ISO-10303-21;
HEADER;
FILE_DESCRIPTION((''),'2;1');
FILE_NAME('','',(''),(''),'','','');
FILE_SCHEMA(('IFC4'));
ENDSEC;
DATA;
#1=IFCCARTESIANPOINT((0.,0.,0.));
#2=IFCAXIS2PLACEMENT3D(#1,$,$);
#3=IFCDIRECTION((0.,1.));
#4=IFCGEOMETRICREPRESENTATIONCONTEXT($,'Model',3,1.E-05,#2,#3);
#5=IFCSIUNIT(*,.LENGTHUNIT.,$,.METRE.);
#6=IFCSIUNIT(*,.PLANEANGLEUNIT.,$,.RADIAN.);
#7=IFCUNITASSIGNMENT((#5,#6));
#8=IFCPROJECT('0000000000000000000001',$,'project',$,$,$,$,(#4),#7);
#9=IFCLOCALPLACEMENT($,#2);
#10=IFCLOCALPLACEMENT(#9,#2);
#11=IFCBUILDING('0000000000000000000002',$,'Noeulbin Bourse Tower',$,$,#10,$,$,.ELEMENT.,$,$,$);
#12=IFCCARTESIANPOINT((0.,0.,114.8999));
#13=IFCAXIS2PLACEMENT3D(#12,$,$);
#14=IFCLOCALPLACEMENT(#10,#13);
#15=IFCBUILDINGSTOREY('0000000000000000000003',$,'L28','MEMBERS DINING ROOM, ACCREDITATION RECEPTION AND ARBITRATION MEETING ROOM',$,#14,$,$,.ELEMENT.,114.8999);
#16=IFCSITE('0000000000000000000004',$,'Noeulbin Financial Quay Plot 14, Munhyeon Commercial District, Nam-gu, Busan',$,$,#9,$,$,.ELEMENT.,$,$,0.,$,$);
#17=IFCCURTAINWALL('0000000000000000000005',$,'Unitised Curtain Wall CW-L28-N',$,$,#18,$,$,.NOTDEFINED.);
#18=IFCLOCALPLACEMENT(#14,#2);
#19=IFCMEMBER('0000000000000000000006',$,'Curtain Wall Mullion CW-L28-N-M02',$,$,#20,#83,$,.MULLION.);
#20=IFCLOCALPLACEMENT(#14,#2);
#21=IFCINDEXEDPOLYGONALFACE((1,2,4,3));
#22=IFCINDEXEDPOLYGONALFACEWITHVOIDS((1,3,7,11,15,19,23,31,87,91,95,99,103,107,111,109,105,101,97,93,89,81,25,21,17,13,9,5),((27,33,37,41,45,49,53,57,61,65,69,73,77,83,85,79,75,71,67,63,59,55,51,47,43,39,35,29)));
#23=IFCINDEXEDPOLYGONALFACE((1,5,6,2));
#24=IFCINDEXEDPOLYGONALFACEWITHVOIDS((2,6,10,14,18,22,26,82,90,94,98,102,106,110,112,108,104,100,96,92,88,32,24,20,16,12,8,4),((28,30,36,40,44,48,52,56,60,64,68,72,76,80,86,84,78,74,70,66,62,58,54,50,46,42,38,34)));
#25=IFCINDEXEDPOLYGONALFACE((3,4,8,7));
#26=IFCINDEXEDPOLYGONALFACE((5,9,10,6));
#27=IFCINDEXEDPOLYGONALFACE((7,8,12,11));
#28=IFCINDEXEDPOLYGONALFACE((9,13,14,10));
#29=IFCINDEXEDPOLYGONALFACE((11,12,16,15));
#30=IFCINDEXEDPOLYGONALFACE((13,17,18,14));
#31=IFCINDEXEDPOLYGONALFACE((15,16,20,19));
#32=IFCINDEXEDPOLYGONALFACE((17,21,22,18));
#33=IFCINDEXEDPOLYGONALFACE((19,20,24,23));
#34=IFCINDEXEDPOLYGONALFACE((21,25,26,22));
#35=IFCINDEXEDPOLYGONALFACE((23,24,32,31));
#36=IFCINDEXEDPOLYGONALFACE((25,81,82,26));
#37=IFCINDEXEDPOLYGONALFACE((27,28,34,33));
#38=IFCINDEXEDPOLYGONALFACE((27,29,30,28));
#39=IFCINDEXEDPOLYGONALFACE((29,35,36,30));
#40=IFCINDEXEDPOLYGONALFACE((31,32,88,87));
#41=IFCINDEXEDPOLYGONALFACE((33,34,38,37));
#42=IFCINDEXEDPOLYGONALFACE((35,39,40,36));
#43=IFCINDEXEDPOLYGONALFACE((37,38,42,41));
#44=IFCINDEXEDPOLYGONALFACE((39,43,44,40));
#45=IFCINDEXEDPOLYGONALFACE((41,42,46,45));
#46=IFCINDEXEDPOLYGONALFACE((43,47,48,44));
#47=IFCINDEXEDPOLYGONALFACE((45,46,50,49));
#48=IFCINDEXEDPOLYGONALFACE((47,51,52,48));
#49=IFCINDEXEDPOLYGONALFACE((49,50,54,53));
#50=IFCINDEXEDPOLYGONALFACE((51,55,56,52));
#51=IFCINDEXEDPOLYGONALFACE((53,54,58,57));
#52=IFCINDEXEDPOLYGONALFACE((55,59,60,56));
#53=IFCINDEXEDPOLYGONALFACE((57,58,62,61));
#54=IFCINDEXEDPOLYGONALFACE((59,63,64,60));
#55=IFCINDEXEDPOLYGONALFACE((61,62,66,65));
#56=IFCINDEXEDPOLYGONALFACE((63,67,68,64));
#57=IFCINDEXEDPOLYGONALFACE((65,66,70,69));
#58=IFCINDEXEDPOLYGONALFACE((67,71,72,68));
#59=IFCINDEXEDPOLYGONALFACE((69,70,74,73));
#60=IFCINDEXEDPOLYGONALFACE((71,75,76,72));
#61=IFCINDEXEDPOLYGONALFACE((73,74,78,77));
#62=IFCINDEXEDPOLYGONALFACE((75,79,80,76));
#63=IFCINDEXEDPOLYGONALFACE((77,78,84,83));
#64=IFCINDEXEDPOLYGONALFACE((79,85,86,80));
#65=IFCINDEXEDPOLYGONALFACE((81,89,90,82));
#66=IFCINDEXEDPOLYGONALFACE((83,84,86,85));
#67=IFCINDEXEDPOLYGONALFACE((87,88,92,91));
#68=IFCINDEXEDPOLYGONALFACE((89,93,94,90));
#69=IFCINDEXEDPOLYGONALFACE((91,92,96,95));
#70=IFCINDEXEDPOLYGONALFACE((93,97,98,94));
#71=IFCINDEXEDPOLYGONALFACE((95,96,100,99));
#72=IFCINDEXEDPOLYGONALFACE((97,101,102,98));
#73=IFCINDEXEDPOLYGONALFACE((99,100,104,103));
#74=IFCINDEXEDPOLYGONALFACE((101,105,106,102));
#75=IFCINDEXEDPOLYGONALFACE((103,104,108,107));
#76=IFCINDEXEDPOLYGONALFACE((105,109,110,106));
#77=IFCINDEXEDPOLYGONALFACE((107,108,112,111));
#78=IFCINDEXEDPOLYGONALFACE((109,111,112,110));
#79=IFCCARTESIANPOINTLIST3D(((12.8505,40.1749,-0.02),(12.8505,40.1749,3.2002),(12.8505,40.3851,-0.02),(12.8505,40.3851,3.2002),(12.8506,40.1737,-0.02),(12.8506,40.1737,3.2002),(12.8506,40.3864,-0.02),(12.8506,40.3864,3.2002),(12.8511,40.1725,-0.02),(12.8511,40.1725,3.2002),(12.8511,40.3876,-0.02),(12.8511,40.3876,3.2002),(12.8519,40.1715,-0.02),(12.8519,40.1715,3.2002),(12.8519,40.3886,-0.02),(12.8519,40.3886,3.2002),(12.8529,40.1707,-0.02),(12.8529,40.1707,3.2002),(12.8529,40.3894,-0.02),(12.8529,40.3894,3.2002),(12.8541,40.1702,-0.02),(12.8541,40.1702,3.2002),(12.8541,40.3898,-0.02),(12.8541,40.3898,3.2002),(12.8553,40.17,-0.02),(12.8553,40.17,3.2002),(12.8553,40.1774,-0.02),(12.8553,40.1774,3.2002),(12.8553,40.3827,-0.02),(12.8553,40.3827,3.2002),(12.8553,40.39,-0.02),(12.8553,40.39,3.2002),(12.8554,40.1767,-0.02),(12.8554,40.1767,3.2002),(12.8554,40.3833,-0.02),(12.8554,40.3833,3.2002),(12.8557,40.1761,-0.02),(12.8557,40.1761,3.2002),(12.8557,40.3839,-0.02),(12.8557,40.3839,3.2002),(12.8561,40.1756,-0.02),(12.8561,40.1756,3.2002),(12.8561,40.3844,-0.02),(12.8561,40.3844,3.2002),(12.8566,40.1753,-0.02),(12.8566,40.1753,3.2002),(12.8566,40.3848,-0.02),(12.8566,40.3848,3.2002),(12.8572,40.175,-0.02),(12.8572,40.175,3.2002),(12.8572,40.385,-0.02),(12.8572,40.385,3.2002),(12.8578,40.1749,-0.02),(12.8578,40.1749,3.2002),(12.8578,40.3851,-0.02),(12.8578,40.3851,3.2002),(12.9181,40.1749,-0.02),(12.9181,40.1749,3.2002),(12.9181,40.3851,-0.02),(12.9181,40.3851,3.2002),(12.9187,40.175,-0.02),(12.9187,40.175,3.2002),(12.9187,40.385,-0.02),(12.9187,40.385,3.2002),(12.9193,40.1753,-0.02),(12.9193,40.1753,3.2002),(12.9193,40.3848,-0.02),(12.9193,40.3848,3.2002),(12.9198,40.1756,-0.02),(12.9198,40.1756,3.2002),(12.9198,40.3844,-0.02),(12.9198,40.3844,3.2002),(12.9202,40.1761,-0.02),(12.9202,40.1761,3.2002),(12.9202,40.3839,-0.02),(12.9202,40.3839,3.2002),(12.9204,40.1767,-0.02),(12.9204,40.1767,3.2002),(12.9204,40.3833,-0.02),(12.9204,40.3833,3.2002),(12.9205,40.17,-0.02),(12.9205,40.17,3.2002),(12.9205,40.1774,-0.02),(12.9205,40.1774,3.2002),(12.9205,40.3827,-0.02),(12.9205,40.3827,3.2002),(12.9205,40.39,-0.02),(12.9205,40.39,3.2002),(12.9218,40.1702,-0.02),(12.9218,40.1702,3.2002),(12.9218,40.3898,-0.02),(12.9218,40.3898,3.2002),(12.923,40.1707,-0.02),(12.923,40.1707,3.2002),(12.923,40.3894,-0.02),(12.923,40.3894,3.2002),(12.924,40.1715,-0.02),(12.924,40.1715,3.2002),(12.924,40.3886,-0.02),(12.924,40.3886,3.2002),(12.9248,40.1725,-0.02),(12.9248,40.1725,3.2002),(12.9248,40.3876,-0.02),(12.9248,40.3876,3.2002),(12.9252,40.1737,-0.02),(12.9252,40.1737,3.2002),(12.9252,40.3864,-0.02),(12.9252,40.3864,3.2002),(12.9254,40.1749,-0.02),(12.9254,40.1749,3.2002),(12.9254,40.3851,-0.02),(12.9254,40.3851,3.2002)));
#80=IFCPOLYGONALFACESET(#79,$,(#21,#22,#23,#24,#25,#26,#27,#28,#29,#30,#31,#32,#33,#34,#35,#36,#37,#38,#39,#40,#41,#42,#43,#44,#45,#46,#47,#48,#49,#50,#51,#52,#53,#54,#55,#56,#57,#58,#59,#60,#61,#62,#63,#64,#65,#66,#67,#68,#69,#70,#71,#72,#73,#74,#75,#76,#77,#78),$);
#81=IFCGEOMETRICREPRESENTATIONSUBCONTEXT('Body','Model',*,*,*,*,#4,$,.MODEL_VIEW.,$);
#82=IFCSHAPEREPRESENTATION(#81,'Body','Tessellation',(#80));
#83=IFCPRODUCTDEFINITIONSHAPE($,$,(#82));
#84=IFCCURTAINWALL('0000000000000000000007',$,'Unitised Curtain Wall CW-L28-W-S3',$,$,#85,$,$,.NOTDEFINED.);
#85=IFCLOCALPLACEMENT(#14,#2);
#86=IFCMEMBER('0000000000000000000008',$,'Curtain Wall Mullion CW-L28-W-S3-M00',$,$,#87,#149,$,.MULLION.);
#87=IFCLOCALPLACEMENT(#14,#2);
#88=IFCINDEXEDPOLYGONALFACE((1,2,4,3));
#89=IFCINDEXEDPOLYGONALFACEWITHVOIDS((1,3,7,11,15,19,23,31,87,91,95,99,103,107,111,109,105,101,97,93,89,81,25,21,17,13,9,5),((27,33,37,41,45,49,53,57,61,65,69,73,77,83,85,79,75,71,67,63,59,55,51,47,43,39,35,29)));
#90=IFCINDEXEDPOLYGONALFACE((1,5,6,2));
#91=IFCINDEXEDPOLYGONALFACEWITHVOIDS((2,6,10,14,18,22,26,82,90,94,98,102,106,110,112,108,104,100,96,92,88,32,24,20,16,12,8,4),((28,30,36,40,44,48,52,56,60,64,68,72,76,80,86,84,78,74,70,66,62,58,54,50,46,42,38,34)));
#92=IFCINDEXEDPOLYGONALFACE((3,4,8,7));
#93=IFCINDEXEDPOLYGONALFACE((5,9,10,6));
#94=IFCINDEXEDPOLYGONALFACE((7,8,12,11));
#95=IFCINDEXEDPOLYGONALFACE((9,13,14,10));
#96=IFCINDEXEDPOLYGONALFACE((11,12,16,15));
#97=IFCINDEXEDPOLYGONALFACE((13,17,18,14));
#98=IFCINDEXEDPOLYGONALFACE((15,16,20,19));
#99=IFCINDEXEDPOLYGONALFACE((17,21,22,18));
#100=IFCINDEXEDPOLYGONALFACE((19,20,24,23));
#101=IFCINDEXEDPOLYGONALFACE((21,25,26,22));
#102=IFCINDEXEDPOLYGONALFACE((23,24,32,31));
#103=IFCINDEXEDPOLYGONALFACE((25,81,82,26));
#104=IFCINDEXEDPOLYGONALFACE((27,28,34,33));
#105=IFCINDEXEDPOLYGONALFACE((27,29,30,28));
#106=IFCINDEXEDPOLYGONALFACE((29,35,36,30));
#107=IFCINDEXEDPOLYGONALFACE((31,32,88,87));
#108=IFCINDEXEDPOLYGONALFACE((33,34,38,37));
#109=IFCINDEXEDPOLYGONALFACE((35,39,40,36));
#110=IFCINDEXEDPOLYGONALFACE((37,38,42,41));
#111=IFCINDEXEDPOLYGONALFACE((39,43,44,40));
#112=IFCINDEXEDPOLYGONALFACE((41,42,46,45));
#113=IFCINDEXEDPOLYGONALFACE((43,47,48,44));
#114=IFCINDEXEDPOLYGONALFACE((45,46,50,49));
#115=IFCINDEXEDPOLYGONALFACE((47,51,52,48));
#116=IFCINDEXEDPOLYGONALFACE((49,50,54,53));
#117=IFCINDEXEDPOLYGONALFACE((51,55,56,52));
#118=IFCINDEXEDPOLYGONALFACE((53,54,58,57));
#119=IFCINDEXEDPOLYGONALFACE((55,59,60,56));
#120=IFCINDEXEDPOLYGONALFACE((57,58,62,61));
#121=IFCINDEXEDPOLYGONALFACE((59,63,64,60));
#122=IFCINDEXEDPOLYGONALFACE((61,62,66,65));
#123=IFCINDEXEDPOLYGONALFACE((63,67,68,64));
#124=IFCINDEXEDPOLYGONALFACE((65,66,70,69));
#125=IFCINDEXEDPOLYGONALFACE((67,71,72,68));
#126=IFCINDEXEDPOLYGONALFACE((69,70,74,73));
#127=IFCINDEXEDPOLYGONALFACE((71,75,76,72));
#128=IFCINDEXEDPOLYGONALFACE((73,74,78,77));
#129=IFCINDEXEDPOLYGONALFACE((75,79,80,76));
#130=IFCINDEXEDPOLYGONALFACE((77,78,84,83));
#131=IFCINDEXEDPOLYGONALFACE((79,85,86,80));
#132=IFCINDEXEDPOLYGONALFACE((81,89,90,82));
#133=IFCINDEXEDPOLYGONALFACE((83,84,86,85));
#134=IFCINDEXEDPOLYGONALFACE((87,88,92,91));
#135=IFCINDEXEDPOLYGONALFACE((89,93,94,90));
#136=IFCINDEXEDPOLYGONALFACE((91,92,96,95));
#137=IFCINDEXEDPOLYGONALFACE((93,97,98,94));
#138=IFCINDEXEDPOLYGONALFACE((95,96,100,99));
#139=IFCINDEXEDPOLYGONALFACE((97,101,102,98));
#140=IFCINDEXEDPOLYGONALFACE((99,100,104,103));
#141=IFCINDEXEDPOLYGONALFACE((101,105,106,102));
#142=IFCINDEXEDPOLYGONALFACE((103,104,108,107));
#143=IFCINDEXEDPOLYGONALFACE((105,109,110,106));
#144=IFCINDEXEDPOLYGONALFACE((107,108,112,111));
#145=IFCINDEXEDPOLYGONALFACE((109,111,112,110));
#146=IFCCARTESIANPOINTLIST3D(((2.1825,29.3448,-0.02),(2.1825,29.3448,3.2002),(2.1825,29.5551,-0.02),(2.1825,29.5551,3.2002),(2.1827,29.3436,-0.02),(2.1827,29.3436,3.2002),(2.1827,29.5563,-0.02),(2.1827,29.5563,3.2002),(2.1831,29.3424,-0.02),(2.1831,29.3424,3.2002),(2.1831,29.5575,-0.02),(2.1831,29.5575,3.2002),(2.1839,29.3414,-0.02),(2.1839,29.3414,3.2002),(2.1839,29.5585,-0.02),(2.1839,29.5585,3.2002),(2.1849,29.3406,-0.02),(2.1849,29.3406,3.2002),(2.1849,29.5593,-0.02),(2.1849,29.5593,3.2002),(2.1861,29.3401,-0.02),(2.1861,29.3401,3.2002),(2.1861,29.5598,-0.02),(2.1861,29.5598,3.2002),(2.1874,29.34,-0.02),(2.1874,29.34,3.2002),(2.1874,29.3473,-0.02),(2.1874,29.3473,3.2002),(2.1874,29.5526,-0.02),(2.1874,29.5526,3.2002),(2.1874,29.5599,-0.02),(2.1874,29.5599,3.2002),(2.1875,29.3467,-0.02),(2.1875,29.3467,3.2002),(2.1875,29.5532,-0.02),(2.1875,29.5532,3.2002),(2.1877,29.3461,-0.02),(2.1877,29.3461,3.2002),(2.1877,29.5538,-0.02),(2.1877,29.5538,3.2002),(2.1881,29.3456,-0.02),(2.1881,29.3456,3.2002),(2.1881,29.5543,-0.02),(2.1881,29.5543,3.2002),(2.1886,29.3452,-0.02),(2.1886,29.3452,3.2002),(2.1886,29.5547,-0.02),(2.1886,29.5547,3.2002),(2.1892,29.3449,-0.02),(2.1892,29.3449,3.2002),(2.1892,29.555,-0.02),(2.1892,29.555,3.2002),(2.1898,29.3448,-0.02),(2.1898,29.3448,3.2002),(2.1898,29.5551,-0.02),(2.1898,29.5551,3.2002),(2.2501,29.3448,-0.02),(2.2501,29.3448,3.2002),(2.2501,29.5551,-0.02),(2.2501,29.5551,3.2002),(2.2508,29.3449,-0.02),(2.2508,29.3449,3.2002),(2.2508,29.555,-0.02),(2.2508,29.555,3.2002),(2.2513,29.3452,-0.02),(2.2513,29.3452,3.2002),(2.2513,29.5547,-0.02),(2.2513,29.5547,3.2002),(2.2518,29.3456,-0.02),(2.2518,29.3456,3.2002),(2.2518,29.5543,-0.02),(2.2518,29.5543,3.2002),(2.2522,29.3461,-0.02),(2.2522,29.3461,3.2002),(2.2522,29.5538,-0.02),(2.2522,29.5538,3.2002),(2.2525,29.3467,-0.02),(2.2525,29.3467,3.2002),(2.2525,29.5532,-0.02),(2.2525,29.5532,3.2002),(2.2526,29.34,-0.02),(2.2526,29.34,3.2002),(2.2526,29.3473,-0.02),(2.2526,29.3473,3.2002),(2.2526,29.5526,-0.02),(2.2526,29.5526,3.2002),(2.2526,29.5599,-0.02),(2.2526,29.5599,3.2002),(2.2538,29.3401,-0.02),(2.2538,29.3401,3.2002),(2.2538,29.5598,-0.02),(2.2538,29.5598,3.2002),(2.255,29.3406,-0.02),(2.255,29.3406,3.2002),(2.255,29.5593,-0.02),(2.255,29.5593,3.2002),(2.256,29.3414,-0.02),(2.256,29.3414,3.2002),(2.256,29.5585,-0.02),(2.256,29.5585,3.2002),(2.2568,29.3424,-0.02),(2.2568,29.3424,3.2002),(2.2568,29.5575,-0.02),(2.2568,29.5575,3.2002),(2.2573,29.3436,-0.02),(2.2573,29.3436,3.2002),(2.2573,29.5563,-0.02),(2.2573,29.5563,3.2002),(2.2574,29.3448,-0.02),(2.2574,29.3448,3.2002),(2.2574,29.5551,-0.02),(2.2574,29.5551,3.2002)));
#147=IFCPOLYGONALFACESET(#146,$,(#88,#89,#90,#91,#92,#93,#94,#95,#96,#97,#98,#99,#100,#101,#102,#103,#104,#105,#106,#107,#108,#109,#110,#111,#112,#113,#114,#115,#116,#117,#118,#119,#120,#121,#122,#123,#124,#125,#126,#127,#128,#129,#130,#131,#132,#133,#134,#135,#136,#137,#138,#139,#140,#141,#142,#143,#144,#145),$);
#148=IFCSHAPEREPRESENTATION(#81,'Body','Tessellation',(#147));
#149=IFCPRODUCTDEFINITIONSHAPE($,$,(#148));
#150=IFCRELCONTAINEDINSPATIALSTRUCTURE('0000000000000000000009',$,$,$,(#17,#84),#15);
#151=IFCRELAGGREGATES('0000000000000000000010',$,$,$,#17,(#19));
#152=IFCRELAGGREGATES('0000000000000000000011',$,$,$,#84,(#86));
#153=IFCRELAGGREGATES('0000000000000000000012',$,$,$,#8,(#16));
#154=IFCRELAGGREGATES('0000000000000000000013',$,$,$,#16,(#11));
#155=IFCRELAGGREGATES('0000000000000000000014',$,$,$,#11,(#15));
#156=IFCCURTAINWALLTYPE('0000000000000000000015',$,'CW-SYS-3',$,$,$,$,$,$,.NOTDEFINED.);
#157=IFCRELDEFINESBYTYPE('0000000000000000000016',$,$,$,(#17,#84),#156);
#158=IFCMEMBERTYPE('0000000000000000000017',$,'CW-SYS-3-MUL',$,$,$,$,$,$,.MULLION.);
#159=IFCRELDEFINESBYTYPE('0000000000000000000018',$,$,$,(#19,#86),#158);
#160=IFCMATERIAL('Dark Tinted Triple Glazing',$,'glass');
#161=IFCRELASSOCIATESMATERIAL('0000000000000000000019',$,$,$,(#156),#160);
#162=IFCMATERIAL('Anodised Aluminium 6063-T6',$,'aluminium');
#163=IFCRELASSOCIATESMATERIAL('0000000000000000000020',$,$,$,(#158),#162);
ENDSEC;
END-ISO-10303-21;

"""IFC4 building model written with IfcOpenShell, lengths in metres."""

from ifc_helpers import new_model, si_unit, direction, frame, origin, origin_2d, place, context, subcontext, project, spatial, hollow_rectangle, extrude, material, material_profile, profile_set, type_object, element, aggregate, save


model = new_model("IFC4")

# Units and contexts
model_context = context("Model", 3, precision=1e-05, world=origin(), true_north=direction((0.0, 1.0)))
body_context = subcontext(model_context, "Body", "Model", "MODEL_VIEW")
ifc_project = project(units=[si_unit("LENGTHUNIT", "METRE"), si_unit("PLANEANGLEUNIT", "RADIAN")], contexts=[model_context])

# Site, building, storey
site_placement = place(None, origin())
site = spatial("IfcSite", under=ifc_project, at=site_placement, Name="Noeulbin Financial Quay Plot 14, Munhyeon Commercial District, Nam-gu, Busan", CompositionType="ELEMENT", RefElevation=0.0)
building_placement = place(site_placement, origin())
building = spatial("IfcBuilding", under=site, at=building_placement, Name="Noeulbin Bourse Tower", CompositionType="ELEMENT")
storey_placement = place(building_placement, frame((0.0, 0.0, 114.8999)))
storey = spatial("IfcBuildingStorey", under=building, at=storey_placement, Name="L28", Description="MEMBERS DINING ROOM, ACCREDITATION RECEPTION AND ARBITRATION MEETING ROOM", CompositionType="ELEMENT", Elevation=114.8999)

# Curtain walls, members
ifc_material_1 = material(Name="Dark Tinted Triple Glazing", Category="glass")
curtain_wall_type = type_object("IfcCurtainWallType", Name="CW-SYS-3", PredefinedType="NOTDEFINED", material=ifc_material_1)
curtain_wall_1_placement = place(storey_placement, origin())
curtain_wall_1 = element("IfcCurtainWall", 1, at=curtain_wall_1_placement, inside=storey, type_object=curtain_wall_type, Name="Unitised Curtain Wall CW-L28-N", PredefinedType="NOTDEFINED")
ifc_material_2 = material(Name="Anodised Aluminium 6063-T6", Category="aluminium")
ifc_material_profile_1 = material_profile(ifc_material_2, hollow_rectangle(XDim=0.075, YDim=0.22, WallThickness=0.0049, InnerFilletRadius=0.0024, OuterFilletRadius=0.0049, at=origin_2d()), Name="ALU-MULL-75x220x5", Category="LoadBearing")
ifc_profile_set_1 = profile_set([ifc_material_profile_1], Name="Anodised Aluminium 6063-T6")
member_type_1 = type_object("IfcMemberType", Name="CW-SYS-3-MUL", PredefinedType="MULLION", material=ifc_profile_set_1)
member_1_placement = place(storey_placement, frame((12.8879, 40.28, -0.02), z_axis=(0.0, 0.0, 1.0), x_axis=(1.0, 0.0, 0.0)))
member_1 = element("IfcMember", 2, at=member_1_placement, type_object=member_type_1, Name="Curtain Wall Mullion CW-L28-N-M02", PredefinedType="MULLION", context=body_context, shape_type="SweptSolid", body=[
    extrude(hollow_rectangle(XDim=0.075, YDim=0.22, WallThickness=0.0049, InnerFilletRadius=0.0024, OuterFilletRadius=0.0049, at=origin_2d()), origin(), (0.0, 0.0, 1.0), 3.2202),
])
curtain_wall_2_placement = place(storey_placement, origin())
curtain_wall_2 = element("IfcCurtainWall", 3, at=curtain_wall_2_placement, inside=storey, type_object=curtain_wall_type, Name="Unitised Curtain Wall CW-L28-W-S3", PredefinedType="NOTDEFINED")
member_2_placement = place(storey_placement, frame((2.22, 29.45, -0.02), z_axis=(0.0, 0.0, 1.0), x_axis=(1.0, 0.0, 0.0)))
member_2 = element("IfcMember", 4, at=member_2_placement, type_object=member_type_1, Name="Curtain Wall Mullion CW-L28-W-S3-M00", PredefinedType="MULLION", context=body_context, shape_type="SweptSolid", body=[
    extrude(hollow_rectangle(XDim=0.075, YDim=0.22, WallThickness=0.0049, InnerFilletRadius=0.0024, OuterFilletRadius=0.0049, at=origin_2d()), origin(), (0.0, 0.0, 1.0), 3.2202),
])

aggregate(curtain_wall_1, [member_1])
aggregate(curtain_wall_2, [member_2])

save(model, "model.ifc")
